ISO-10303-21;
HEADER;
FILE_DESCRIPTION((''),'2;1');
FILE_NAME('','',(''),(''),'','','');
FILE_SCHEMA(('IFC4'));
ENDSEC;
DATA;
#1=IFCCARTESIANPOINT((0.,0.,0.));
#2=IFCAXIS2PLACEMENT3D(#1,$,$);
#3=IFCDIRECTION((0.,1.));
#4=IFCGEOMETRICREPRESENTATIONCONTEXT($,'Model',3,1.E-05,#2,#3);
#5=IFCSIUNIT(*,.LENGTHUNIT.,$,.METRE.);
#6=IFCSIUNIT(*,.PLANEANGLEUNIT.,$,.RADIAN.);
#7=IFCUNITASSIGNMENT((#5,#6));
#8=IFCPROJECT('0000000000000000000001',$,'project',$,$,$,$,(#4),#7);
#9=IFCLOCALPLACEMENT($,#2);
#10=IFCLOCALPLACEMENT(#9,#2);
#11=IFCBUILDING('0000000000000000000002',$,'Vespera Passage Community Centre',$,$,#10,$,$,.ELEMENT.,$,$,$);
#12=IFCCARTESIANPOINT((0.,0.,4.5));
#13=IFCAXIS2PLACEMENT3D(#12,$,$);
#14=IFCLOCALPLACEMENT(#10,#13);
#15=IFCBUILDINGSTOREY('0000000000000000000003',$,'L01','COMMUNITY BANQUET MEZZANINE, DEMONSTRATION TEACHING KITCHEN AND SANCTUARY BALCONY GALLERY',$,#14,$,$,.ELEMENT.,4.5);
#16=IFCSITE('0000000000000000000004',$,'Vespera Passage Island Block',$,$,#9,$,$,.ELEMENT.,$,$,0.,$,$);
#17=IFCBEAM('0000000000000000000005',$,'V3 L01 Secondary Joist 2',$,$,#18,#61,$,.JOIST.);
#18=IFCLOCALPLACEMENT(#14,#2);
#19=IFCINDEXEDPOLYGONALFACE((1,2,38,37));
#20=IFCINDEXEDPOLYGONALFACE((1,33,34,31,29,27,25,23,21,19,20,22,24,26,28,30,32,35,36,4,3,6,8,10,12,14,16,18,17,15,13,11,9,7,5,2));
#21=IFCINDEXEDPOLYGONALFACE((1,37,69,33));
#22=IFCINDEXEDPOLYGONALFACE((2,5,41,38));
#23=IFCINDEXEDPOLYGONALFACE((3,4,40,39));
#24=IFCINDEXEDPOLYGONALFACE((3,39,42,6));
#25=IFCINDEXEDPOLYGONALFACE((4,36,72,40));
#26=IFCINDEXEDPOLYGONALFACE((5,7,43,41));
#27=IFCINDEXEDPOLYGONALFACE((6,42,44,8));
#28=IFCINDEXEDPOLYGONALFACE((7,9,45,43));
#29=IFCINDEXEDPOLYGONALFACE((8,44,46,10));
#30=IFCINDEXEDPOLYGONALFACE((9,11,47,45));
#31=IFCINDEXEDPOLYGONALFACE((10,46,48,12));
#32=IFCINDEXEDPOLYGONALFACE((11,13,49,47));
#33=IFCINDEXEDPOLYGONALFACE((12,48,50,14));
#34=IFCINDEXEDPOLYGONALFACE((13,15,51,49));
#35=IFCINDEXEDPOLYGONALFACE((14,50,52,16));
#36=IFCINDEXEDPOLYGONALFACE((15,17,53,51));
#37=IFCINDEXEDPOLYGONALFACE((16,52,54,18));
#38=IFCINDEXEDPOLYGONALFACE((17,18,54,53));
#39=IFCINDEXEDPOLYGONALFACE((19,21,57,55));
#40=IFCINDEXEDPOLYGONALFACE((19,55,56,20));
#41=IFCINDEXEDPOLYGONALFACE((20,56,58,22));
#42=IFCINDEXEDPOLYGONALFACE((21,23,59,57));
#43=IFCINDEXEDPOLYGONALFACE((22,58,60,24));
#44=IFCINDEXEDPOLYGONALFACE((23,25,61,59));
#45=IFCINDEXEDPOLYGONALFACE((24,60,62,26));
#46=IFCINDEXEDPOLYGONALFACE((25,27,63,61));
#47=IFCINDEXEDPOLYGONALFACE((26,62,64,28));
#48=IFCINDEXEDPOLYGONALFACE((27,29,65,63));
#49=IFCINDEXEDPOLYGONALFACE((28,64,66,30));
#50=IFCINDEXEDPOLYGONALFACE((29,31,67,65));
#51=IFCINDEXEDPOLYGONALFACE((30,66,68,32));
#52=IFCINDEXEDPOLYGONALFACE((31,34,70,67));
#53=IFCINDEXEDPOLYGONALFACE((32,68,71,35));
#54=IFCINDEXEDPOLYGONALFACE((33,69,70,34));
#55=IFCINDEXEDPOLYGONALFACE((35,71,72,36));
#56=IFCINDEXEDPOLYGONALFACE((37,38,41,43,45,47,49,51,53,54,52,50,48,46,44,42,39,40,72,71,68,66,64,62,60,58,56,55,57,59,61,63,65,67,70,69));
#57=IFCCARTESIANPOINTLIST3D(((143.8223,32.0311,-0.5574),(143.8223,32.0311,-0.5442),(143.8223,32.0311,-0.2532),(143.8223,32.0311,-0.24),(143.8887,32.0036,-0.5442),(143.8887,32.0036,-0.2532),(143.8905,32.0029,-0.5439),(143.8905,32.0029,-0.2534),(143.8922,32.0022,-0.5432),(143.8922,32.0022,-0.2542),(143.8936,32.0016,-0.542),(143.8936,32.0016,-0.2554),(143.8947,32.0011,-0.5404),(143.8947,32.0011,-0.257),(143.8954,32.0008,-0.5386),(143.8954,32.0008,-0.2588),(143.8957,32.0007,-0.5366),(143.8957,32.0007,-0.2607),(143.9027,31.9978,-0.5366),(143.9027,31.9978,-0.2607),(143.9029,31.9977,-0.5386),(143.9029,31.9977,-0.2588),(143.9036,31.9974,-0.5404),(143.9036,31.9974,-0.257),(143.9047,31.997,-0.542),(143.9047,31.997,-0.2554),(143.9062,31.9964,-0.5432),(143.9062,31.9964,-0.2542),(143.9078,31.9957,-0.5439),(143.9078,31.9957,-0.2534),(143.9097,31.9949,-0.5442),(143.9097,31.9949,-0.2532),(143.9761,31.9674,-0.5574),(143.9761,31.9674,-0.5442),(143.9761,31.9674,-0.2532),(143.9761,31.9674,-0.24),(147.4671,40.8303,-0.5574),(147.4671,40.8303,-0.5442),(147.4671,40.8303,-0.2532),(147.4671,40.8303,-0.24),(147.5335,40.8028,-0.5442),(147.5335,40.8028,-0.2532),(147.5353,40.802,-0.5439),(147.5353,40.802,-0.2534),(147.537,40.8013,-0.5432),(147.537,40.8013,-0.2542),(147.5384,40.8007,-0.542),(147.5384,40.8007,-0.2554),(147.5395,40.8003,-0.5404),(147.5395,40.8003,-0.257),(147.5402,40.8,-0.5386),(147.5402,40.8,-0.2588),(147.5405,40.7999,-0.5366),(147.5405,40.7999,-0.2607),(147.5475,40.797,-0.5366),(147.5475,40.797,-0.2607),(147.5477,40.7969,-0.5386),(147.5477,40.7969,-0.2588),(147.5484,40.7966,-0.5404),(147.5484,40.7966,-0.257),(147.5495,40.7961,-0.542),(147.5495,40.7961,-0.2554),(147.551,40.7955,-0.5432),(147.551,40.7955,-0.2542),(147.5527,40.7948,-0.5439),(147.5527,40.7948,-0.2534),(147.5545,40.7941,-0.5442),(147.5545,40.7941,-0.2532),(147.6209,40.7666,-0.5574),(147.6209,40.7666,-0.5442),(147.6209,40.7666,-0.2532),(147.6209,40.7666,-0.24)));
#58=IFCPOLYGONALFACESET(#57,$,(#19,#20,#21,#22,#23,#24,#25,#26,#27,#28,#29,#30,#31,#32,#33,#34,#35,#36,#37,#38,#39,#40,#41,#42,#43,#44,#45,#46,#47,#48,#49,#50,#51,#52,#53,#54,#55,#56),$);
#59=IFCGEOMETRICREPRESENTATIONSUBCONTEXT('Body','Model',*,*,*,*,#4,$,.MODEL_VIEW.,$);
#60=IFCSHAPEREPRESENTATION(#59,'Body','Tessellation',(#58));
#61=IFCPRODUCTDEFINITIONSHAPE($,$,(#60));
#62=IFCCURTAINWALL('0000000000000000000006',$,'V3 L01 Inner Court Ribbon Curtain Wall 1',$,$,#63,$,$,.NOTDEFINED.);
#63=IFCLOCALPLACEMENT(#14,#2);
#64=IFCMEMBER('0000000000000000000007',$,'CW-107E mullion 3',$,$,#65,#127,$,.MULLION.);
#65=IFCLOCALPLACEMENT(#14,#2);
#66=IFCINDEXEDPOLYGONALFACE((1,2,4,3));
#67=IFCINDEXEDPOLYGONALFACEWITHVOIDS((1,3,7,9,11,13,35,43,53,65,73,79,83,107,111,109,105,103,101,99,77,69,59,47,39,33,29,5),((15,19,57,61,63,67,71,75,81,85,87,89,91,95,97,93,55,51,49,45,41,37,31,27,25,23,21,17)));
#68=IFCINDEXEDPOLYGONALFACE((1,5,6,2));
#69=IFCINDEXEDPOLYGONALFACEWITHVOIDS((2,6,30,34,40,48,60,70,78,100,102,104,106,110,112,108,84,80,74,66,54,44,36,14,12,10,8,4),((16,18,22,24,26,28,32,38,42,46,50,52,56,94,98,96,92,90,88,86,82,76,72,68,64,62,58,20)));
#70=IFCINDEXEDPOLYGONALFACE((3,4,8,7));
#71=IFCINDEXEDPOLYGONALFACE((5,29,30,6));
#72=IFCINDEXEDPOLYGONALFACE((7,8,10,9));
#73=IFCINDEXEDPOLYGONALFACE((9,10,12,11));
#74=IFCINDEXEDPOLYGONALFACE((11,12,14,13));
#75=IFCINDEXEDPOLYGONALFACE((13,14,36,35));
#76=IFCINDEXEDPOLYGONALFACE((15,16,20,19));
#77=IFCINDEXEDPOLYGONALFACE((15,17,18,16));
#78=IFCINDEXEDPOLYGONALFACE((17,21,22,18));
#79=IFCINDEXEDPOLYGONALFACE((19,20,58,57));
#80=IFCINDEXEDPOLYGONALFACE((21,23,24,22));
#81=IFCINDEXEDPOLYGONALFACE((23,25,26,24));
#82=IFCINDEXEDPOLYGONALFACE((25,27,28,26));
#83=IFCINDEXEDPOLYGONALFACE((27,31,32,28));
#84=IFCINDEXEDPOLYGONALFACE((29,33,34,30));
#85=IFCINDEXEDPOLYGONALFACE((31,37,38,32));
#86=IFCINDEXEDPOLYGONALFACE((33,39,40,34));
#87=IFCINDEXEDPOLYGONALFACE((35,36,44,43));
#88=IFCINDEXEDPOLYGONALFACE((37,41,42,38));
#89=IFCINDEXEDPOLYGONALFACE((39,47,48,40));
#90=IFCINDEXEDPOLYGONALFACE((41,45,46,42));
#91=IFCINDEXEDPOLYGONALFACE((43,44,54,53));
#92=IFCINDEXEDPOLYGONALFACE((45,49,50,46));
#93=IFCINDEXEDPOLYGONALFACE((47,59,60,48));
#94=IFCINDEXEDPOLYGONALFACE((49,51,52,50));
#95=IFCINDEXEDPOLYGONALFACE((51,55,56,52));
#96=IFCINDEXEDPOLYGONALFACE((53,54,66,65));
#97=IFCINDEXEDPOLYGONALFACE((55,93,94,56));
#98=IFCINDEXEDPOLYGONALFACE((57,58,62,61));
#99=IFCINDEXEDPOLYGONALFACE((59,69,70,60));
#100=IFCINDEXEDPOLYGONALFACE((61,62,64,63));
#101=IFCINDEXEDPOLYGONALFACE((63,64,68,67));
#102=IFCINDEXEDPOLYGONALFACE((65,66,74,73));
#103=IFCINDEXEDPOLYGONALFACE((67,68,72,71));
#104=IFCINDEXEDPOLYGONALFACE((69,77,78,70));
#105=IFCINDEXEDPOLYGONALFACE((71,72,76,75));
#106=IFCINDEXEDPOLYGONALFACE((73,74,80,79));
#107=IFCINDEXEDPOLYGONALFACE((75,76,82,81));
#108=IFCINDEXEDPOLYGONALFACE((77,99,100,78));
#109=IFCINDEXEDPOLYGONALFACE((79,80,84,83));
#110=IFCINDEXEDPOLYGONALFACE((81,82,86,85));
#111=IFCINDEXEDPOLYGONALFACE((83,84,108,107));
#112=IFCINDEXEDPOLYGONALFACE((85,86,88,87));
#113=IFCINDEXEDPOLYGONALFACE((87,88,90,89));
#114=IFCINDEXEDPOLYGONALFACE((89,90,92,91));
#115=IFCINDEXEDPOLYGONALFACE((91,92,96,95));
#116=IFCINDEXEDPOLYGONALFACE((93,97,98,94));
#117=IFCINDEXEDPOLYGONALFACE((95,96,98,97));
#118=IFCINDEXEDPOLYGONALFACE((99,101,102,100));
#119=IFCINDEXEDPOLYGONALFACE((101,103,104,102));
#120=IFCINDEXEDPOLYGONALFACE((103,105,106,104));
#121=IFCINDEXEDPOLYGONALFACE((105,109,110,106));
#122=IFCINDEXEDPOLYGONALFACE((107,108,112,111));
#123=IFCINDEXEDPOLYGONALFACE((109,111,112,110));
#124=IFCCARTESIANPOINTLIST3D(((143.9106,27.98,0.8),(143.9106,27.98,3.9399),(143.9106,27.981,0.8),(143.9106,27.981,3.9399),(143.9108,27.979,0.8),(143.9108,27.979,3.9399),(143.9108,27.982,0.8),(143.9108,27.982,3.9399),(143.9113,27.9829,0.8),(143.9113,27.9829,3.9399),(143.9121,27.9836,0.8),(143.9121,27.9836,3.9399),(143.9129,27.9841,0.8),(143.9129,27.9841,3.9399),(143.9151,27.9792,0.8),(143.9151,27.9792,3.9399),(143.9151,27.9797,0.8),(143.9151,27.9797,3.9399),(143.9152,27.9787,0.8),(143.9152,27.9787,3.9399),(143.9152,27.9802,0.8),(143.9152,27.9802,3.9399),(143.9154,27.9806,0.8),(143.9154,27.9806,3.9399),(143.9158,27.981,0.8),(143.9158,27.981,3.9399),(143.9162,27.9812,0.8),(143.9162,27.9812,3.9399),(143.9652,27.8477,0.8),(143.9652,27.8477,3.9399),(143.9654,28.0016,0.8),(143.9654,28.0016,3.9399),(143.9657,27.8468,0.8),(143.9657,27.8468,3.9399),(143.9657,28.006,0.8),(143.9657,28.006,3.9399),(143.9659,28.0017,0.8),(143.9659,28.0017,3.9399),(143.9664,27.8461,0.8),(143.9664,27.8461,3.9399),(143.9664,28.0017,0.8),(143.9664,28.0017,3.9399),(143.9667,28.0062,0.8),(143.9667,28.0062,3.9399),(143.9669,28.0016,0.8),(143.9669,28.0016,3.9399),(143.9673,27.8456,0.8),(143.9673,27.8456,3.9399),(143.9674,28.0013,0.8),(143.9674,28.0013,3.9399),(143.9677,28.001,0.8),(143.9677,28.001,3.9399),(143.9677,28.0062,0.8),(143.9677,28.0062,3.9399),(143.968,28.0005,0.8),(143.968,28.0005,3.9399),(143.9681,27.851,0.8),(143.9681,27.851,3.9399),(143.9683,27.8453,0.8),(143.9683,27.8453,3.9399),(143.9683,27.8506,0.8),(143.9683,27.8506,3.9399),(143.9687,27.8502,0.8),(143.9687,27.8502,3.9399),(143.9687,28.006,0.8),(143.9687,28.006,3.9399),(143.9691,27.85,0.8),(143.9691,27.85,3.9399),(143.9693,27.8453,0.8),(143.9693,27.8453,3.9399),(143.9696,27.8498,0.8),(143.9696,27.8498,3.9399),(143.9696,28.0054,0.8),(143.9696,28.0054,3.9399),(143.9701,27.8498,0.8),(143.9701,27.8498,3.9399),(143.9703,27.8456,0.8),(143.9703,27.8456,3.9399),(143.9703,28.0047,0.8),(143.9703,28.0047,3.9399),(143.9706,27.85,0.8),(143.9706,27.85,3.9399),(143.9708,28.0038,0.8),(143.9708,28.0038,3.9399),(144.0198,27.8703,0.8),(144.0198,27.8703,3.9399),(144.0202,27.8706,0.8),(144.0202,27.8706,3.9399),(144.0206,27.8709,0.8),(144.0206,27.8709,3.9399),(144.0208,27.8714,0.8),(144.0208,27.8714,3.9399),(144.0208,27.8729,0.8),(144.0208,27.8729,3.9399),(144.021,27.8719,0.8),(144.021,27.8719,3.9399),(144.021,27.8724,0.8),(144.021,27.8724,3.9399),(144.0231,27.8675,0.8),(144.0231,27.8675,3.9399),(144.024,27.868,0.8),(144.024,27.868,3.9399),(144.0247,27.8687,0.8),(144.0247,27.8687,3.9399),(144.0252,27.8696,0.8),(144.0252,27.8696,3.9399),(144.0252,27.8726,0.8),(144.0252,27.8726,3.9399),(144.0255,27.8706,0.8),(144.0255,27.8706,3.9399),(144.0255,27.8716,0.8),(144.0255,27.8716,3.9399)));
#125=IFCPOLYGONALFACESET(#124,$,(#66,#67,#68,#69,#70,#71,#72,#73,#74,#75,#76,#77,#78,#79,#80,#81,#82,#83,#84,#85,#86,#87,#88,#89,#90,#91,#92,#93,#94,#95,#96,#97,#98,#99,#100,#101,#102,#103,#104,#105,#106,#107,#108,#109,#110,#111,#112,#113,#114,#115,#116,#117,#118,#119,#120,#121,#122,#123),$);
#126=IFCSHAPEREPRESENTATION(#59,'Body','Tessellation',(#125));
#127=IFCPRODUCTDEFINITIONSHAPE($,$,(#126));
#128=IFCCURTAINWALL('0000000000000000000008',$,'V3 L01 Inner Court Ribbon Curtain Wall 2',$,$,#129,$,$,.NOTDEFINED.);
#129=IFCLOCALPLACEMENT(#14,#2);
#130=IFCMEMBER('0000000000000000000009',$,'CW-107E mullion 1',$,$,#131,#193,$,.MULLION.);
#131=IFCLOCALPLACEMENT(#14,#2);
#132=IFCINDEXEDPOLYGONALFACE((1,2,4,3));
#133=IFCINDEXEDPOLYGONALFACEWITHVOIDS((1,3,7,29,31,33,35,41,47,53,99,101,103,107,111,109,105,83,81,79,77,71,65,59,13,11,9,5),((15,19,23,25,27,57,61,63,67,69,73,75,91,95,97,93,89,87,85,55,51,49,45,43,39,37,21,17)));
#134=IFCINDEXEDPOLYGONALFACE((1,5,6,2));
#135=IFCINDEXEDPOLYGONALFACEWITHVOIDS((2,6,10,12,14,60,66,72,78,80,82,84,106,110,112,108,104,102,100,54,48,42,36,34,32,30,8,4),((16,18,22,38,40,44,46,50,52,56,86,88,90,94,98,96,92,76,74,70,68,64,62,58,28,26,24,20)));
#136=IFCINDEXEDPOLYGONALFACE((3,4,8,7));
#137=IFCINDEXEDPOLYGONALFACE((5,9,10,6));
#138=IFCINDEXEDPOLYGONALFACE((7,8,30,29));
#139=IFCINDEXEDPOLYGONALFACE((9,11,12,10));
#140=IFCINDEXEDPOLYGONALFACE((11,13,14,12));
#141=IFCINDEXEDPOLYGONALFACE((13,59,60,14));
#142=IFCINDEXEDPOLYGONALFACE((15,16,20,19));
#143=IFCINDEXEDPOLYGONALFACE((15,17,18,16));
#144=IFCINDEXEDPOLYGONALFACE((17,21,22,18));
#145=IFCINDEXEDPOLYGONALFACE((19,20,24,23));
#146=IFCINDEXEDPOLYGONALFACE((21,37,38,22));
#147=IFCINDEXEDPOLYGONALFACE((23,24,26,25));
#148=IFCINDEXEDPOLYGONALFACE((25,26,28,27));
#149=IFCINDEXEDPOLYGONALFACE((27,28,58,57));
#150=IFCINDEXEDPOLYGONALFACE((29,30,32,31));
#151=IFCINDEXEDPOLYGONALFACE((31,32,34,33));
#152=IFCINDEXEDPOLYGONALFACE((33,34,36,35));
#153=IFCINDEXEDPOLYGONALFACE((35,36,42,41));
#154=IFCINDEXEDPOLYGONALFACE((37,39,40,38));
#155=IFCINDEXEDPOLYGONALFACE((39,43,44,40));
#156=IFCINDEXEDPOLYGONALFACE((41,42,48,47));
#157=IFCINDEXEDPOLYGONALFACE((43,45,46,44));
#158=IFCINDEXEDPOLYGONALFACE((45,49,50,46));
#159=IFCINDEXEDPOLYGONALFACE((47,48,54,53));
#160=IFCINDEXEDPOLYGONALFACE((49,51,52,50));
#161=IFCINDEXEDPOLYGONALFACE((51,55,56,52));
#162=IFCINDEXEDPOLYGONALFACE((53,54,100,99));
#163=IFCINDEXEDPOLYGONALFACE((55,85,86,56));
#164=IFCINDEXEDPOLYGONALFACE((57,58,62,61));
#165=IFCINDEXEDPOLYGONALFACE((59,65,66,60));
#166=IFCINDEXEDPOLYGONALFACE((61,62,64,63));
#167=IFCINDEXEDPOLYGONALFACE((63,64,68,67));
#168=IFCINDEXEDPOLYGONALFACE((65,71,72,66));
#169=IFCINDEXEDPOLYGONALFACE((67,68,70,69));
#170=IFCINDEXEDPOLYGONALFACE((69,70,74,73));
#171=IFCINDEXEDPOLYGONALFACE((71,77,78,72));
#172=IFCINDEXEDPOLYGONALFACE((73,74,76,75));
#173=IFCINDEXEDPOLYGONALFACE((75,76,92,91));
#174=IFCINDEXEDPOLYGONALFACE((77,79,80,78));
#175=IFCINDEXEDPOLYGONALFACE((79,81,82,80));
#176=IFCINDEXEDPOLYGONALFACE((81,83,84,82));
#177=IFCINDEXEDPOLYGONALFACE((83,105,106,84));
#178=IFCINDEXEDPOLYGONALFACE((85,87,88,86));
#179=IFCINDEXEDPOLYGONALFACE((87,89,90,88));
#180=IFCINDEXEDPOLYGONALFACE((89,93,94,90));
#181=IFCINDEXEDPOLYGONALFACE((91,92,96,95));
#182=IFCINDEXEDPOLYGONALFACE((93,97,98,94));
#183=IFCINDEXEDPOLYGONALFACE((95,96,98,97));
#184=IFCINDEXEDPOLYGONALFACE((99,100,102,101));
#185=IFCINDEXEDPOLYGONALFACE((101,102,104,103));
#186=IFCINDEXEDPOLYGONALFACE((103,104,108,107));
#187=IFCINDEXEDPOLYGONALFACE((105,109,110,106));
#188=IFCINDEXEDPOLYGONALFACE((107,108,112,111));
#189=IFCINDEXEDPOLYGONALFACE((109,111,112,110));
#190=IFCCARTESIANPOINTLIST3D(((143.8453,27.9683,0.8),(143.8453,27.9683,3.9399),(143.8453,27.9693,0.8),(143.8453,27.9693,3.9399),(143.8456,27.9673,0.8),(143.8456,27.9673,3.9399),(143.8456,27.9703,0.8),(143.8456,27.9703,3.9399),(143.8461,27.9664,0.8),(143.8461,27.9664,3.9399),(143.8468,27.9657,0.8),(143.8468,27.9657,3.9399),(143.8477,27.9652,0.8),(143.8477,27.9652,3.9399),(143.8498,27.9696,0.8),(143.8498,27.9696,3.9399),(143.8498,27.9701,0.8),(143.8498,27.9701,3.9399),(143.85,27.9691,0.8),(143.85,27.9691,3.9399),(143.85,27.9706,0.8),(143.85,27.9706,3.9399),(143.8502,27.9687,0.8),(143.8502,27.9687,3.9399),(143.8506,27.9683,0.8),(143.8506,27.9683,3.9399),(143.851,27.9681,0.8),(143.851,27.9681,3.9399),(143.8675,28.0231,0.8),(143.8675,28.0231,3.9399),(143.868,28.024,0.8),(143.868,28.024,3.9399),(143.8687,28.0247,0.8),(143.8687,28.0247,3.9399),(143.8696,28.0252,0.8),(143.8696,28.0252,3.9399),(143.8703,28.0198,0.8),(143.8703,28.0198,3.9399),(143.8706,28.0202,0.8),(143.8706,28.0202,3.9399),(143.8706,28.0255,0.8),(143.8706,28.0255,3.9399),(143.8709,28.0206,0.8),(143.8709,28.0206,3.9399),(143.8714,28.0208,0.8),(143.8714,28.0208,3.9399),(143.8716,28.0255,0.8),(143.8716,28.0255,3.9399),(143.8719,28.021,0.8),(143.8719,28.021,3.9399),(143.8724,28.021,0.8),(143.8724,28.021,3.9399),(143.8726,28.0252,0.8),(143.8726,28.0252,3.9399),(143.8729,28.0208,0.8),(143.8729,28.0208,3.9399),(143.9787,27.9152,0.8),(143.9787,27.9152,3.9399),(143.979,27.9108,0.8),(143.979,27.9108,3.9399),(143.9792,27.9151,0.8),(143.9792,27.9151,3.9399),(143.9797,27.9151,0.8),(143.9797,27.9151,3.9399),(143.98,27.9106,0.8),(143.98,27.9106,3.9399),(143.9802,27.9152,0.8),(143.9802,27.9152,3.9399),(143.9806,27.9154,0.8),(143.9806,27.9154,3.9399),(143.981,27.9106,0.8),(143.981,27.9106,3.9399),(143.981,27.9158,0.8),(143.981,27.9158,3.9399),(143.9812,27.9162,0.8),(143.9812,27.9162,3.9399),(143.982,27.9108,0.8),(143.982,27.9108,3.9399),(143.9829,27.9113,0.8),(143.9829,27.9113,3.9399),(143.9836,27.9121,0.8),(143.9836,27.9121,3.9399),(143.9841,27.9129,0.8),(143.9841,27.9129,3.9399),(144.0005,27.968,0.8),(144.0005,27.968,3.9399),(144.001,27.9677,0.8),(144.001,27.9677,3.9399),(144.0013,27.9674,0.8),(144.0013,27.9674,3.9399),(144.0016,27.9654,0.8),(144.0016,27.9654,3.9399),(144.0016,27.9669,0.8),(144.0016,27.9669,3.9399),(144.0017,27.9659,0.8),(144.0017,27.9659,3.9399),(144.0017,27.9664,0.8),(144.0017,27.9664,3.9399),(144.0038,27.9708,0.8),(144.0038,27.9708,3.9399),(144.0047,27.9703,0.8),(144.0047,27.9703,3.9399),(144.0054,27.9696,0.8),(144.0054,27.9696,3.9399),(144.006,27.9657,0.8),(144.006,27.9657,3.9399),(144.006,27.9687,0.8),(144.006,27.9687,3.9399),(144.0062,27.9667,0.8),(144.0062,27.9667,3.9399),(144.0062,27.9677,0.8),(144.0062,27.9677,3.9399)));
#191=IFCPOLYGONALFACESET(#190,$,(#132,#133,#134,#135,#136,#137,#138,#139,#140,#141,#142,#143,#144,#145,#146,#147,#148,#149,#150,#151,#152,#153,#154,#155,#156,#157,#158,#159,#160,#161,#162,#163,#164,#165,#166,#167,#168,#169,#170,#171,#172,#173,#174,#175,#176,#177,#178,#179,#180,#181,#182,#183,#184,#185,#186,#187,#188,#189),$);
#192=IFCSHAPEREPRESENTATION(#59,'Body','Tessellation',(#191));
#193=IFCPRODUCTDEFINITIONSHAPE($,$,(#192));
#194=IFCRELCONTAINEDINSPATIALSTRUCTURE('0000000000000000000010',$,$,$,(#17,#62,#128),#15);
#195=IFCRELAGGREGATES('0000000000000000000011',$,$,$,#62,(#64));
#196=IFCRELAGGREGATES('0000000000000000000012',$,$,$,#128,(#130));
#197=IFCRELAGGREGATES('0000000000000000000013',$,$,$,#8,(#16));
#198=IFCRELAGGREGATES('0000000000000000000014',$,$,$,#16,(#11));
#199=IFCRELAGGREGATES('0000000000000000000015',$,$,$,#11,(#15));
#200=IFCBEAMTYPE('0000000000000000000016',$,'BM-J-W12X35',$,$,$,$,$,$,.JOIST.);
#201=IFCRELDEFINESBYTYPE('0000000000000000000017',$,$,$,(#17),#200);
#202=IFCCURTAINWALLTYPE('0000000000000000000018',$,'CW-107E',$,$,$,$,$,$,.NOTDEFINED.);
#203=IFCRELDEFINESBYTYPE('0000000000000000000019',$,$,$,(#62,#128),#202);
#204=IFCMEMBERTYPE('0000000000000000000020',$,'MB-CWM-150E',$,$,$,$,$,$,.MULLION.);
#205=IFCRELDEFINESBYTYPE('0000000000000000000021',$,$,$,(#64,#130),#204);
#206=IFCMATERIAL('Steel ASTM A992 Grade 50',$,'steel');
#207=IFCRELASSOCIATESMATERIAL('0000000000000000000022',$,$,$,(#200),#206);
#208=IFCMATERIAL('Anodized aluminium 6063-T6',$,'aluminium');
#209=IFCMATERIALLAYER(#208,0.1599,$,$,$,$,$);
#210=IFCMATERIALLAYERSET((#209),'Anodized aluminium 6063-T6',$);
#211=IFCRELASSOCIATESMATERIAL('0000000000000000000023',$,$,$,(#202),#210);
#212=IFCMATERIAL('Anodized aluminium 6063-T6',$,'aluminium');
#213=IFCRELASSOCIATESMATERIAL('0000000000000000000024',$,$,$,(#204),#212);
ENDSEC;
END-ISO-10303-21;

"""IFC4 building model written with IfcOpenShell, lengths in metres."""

from ifc_helpers import new_model, si_unit, direction, frame, origin, origin_2d, place, context, subcontext, project, spatial, hollow_rectangle, i_section, extrude, material, layer, layer_set, material_profile, profile_set, type_object, element, aggregate, save


model = new_model("IFC4")

# Units and contexts
model_context = context("Model", 3, precision=1e-05, world=origin(), true_north=direction((0.0, 1.0)))
body_context = subcontext(model_context, "Body", "Model", "MODEL_VIEW")
ifc_project = project(units=[si_unit("LENGTHUNIT", "METRE"), si_unit("PLANEANGLEUNIT", "RADIAN")], contexts=[model_context])

# Site, building, storey
site_placement = place(None, origin())
site = spatial("IfcSite", under=ifc_project, at=site_placement, Name="Vespera Passage Island Block", CompositionType="ELEMENT", RefElevation=0.0)
building_placement = place(site_placement, origin())
building = spatial("IfcBuilding", under=site, at=building_placement, Name="Vespera Passage Community Centre", CompositionType="ELEMENT")
storey_placement = place(building_placement, frame((0.0, 0.0, 4.5)))
storey = spatial("IfcBuildingStorey", under=building, at=storey_placement, Name="L01", Description="COMMUNITY BANQUET MEZZANINE, DEMONSTRATION TEACHING KITCHEN AND SANCTUARY BALCONY GALLERY", CompositionType="ELEMENT", Elevation=4.5)

# Beam
ifc_material_1 = material(Name="Steel ASTM A992 Grade 50", Category="steel")
ifc_material_profile_1 = material_profile(ifc_material_1, i_section(OverallWidth=0.1665, OverallDepth=0.3174, WebThickness=0.0076, FlangeThickness=0.0132, FilletRadius=0.0076, at=origin_2d()), Name="W12X35")
ifc_profile_set_1 = profile_set([ifc_material_profile_1], Name="Steel ASTM A992 Grade 50")
beam_type_1 = type_object("IfcBeamType", Name="BM-J-W12X35", PredefinedType="JOIST", material=ifc_profile_set_1)
beam_1_placement = place(storey_placement, frame((143.8992, 31.9993, -0.3987), z_axis=(0.382691, 0.923877, 0.0), x_axis=(-0.923877, 0.382691, 0.0)))
element("IfcBeam", 1, at=beam_1_placement, inside=storey, type_object=beam_type_1, Name="V3 L01 Secondary Joist 2", PredefinedType="JOIST", context=body_context, shape_type="SweptSolid", body=[
    extrude(i_section(OverallWidth=0.1665, OverallDepth=0.3174, WebThickness=0.0076, FlangeThickness=0.0132, FilletRadius=0.0076, at=origin_2d()), origin(), (0.0, 0.0, 1.0), 9.5242),
])

# Curtain wall, member
ifc_material_2 = material(Name="Anodized aluminium 6063-T6", Category="aluminium")
ifc_layer_1 = layer(ifc_material_2, 0.1599)
ifc_layer_set_1 = layer_set([ifc_layer_1], Name="Anodized aluminium 6063-T6")
curtain_wall_type = type_object("IfcCurtainWallType", Name="CW-107E", PredefinedType="NOTDEFINED", material=ifc_layer_set_1)
curtain_wall_1_placement = place(storey_placement, origin())
curtain_wall_1 = element("IfcCurtainWall", 2, at=curtain_wall_1_placement, inside=storey, type_object=curtain_wall_type, Name="V3 L01 Inner Court Ribbon Curtain Wall 1", PredefinedType="NOTDEFINED")
ifc_material_3 = material(Name="Anodized aluminium 6063-T6", Category="aluminium")
ifc_material_profile_2 = material_profile(ifc_material_3, hollow_rectangle(XDim=0.0649, YDim=0.1499, WallThickness=0.0039, InnerFilletRadius=0.002, OuterFilletRadius=0.0039, at=origin_2d()), Name="ALU150X65X4")
ifc_profile_set_2 = profile_set([ifc_material_profile_2], Name="Anodized aluminium 6063-T6")
member_type_1 = type_object("IfcMemberType", Name="MB-CWM-150E", PredefinedType="MULLION", material=ifc_profile_set_2)
member_1_placement = place(storey_placement, frame((143.968, 27.9258, 0.8), z_axis=(0.0, 0.0, 1.0), x_axis=(-0.923879, -0.382686, 0.0)))
member_1 = element("IfcMember", 3, at=member_1_placement, type_object=member_type_1, Name="CW-107E mullion 3", PredefinedType="MULLION", context=body_context, shape_type="SweptSolid", body=[
    extrude(hollow_rectangle(XDim=0.0649, YDim=0.1499, WallThickness=0.0039, InnerFilletRadius=0.002, OuterFilletRadius=0.0039, at=origin_2d()), origin(), (0.0, 0.0, 1.0), 3.1399),
])
aggregate(curtain_wall_1, [member_1])

# Curtain wall, member
curtain_wall_2_placement = place(storey_placement, origin())
curtain_wall_2 = element("IfcCurtainWall", 4, at=curtain_wall_2_placement, inside=storey, type_object=curtain_wall_type, Name="V3 L01 Inner Court Ribbon Curtain Wall 2", PredefinedType="NOTDEFINED")
member_2_placement = place(storey_placement, frame((143.9258, 27.968, 0.8), z_axis=(0.0, 0.0, 1.0), x_axis=(-0.382686, -0.923879, 0.0)))
member_2 = element("IfcMember", 5, at=member_2_placement, type_object=member_type_1, Name="CW-107E mullion 1", PredefinedType="MULLION", context=body_context, shape_type="SweptSolid", body=[
    extrude(hollow_rectangle(XDim=0.0649, YDim=0.1499, WallThickness=0.0039, InnerFilletRadius=0.002, OuterFilletRadius=0.0039, at=origin_2d()), origin(), (0.0, 0.0, 1.0), 3.1399),
])

aggregate(curtain_wall_2, [member_2])

save(model, "model.ifc")
